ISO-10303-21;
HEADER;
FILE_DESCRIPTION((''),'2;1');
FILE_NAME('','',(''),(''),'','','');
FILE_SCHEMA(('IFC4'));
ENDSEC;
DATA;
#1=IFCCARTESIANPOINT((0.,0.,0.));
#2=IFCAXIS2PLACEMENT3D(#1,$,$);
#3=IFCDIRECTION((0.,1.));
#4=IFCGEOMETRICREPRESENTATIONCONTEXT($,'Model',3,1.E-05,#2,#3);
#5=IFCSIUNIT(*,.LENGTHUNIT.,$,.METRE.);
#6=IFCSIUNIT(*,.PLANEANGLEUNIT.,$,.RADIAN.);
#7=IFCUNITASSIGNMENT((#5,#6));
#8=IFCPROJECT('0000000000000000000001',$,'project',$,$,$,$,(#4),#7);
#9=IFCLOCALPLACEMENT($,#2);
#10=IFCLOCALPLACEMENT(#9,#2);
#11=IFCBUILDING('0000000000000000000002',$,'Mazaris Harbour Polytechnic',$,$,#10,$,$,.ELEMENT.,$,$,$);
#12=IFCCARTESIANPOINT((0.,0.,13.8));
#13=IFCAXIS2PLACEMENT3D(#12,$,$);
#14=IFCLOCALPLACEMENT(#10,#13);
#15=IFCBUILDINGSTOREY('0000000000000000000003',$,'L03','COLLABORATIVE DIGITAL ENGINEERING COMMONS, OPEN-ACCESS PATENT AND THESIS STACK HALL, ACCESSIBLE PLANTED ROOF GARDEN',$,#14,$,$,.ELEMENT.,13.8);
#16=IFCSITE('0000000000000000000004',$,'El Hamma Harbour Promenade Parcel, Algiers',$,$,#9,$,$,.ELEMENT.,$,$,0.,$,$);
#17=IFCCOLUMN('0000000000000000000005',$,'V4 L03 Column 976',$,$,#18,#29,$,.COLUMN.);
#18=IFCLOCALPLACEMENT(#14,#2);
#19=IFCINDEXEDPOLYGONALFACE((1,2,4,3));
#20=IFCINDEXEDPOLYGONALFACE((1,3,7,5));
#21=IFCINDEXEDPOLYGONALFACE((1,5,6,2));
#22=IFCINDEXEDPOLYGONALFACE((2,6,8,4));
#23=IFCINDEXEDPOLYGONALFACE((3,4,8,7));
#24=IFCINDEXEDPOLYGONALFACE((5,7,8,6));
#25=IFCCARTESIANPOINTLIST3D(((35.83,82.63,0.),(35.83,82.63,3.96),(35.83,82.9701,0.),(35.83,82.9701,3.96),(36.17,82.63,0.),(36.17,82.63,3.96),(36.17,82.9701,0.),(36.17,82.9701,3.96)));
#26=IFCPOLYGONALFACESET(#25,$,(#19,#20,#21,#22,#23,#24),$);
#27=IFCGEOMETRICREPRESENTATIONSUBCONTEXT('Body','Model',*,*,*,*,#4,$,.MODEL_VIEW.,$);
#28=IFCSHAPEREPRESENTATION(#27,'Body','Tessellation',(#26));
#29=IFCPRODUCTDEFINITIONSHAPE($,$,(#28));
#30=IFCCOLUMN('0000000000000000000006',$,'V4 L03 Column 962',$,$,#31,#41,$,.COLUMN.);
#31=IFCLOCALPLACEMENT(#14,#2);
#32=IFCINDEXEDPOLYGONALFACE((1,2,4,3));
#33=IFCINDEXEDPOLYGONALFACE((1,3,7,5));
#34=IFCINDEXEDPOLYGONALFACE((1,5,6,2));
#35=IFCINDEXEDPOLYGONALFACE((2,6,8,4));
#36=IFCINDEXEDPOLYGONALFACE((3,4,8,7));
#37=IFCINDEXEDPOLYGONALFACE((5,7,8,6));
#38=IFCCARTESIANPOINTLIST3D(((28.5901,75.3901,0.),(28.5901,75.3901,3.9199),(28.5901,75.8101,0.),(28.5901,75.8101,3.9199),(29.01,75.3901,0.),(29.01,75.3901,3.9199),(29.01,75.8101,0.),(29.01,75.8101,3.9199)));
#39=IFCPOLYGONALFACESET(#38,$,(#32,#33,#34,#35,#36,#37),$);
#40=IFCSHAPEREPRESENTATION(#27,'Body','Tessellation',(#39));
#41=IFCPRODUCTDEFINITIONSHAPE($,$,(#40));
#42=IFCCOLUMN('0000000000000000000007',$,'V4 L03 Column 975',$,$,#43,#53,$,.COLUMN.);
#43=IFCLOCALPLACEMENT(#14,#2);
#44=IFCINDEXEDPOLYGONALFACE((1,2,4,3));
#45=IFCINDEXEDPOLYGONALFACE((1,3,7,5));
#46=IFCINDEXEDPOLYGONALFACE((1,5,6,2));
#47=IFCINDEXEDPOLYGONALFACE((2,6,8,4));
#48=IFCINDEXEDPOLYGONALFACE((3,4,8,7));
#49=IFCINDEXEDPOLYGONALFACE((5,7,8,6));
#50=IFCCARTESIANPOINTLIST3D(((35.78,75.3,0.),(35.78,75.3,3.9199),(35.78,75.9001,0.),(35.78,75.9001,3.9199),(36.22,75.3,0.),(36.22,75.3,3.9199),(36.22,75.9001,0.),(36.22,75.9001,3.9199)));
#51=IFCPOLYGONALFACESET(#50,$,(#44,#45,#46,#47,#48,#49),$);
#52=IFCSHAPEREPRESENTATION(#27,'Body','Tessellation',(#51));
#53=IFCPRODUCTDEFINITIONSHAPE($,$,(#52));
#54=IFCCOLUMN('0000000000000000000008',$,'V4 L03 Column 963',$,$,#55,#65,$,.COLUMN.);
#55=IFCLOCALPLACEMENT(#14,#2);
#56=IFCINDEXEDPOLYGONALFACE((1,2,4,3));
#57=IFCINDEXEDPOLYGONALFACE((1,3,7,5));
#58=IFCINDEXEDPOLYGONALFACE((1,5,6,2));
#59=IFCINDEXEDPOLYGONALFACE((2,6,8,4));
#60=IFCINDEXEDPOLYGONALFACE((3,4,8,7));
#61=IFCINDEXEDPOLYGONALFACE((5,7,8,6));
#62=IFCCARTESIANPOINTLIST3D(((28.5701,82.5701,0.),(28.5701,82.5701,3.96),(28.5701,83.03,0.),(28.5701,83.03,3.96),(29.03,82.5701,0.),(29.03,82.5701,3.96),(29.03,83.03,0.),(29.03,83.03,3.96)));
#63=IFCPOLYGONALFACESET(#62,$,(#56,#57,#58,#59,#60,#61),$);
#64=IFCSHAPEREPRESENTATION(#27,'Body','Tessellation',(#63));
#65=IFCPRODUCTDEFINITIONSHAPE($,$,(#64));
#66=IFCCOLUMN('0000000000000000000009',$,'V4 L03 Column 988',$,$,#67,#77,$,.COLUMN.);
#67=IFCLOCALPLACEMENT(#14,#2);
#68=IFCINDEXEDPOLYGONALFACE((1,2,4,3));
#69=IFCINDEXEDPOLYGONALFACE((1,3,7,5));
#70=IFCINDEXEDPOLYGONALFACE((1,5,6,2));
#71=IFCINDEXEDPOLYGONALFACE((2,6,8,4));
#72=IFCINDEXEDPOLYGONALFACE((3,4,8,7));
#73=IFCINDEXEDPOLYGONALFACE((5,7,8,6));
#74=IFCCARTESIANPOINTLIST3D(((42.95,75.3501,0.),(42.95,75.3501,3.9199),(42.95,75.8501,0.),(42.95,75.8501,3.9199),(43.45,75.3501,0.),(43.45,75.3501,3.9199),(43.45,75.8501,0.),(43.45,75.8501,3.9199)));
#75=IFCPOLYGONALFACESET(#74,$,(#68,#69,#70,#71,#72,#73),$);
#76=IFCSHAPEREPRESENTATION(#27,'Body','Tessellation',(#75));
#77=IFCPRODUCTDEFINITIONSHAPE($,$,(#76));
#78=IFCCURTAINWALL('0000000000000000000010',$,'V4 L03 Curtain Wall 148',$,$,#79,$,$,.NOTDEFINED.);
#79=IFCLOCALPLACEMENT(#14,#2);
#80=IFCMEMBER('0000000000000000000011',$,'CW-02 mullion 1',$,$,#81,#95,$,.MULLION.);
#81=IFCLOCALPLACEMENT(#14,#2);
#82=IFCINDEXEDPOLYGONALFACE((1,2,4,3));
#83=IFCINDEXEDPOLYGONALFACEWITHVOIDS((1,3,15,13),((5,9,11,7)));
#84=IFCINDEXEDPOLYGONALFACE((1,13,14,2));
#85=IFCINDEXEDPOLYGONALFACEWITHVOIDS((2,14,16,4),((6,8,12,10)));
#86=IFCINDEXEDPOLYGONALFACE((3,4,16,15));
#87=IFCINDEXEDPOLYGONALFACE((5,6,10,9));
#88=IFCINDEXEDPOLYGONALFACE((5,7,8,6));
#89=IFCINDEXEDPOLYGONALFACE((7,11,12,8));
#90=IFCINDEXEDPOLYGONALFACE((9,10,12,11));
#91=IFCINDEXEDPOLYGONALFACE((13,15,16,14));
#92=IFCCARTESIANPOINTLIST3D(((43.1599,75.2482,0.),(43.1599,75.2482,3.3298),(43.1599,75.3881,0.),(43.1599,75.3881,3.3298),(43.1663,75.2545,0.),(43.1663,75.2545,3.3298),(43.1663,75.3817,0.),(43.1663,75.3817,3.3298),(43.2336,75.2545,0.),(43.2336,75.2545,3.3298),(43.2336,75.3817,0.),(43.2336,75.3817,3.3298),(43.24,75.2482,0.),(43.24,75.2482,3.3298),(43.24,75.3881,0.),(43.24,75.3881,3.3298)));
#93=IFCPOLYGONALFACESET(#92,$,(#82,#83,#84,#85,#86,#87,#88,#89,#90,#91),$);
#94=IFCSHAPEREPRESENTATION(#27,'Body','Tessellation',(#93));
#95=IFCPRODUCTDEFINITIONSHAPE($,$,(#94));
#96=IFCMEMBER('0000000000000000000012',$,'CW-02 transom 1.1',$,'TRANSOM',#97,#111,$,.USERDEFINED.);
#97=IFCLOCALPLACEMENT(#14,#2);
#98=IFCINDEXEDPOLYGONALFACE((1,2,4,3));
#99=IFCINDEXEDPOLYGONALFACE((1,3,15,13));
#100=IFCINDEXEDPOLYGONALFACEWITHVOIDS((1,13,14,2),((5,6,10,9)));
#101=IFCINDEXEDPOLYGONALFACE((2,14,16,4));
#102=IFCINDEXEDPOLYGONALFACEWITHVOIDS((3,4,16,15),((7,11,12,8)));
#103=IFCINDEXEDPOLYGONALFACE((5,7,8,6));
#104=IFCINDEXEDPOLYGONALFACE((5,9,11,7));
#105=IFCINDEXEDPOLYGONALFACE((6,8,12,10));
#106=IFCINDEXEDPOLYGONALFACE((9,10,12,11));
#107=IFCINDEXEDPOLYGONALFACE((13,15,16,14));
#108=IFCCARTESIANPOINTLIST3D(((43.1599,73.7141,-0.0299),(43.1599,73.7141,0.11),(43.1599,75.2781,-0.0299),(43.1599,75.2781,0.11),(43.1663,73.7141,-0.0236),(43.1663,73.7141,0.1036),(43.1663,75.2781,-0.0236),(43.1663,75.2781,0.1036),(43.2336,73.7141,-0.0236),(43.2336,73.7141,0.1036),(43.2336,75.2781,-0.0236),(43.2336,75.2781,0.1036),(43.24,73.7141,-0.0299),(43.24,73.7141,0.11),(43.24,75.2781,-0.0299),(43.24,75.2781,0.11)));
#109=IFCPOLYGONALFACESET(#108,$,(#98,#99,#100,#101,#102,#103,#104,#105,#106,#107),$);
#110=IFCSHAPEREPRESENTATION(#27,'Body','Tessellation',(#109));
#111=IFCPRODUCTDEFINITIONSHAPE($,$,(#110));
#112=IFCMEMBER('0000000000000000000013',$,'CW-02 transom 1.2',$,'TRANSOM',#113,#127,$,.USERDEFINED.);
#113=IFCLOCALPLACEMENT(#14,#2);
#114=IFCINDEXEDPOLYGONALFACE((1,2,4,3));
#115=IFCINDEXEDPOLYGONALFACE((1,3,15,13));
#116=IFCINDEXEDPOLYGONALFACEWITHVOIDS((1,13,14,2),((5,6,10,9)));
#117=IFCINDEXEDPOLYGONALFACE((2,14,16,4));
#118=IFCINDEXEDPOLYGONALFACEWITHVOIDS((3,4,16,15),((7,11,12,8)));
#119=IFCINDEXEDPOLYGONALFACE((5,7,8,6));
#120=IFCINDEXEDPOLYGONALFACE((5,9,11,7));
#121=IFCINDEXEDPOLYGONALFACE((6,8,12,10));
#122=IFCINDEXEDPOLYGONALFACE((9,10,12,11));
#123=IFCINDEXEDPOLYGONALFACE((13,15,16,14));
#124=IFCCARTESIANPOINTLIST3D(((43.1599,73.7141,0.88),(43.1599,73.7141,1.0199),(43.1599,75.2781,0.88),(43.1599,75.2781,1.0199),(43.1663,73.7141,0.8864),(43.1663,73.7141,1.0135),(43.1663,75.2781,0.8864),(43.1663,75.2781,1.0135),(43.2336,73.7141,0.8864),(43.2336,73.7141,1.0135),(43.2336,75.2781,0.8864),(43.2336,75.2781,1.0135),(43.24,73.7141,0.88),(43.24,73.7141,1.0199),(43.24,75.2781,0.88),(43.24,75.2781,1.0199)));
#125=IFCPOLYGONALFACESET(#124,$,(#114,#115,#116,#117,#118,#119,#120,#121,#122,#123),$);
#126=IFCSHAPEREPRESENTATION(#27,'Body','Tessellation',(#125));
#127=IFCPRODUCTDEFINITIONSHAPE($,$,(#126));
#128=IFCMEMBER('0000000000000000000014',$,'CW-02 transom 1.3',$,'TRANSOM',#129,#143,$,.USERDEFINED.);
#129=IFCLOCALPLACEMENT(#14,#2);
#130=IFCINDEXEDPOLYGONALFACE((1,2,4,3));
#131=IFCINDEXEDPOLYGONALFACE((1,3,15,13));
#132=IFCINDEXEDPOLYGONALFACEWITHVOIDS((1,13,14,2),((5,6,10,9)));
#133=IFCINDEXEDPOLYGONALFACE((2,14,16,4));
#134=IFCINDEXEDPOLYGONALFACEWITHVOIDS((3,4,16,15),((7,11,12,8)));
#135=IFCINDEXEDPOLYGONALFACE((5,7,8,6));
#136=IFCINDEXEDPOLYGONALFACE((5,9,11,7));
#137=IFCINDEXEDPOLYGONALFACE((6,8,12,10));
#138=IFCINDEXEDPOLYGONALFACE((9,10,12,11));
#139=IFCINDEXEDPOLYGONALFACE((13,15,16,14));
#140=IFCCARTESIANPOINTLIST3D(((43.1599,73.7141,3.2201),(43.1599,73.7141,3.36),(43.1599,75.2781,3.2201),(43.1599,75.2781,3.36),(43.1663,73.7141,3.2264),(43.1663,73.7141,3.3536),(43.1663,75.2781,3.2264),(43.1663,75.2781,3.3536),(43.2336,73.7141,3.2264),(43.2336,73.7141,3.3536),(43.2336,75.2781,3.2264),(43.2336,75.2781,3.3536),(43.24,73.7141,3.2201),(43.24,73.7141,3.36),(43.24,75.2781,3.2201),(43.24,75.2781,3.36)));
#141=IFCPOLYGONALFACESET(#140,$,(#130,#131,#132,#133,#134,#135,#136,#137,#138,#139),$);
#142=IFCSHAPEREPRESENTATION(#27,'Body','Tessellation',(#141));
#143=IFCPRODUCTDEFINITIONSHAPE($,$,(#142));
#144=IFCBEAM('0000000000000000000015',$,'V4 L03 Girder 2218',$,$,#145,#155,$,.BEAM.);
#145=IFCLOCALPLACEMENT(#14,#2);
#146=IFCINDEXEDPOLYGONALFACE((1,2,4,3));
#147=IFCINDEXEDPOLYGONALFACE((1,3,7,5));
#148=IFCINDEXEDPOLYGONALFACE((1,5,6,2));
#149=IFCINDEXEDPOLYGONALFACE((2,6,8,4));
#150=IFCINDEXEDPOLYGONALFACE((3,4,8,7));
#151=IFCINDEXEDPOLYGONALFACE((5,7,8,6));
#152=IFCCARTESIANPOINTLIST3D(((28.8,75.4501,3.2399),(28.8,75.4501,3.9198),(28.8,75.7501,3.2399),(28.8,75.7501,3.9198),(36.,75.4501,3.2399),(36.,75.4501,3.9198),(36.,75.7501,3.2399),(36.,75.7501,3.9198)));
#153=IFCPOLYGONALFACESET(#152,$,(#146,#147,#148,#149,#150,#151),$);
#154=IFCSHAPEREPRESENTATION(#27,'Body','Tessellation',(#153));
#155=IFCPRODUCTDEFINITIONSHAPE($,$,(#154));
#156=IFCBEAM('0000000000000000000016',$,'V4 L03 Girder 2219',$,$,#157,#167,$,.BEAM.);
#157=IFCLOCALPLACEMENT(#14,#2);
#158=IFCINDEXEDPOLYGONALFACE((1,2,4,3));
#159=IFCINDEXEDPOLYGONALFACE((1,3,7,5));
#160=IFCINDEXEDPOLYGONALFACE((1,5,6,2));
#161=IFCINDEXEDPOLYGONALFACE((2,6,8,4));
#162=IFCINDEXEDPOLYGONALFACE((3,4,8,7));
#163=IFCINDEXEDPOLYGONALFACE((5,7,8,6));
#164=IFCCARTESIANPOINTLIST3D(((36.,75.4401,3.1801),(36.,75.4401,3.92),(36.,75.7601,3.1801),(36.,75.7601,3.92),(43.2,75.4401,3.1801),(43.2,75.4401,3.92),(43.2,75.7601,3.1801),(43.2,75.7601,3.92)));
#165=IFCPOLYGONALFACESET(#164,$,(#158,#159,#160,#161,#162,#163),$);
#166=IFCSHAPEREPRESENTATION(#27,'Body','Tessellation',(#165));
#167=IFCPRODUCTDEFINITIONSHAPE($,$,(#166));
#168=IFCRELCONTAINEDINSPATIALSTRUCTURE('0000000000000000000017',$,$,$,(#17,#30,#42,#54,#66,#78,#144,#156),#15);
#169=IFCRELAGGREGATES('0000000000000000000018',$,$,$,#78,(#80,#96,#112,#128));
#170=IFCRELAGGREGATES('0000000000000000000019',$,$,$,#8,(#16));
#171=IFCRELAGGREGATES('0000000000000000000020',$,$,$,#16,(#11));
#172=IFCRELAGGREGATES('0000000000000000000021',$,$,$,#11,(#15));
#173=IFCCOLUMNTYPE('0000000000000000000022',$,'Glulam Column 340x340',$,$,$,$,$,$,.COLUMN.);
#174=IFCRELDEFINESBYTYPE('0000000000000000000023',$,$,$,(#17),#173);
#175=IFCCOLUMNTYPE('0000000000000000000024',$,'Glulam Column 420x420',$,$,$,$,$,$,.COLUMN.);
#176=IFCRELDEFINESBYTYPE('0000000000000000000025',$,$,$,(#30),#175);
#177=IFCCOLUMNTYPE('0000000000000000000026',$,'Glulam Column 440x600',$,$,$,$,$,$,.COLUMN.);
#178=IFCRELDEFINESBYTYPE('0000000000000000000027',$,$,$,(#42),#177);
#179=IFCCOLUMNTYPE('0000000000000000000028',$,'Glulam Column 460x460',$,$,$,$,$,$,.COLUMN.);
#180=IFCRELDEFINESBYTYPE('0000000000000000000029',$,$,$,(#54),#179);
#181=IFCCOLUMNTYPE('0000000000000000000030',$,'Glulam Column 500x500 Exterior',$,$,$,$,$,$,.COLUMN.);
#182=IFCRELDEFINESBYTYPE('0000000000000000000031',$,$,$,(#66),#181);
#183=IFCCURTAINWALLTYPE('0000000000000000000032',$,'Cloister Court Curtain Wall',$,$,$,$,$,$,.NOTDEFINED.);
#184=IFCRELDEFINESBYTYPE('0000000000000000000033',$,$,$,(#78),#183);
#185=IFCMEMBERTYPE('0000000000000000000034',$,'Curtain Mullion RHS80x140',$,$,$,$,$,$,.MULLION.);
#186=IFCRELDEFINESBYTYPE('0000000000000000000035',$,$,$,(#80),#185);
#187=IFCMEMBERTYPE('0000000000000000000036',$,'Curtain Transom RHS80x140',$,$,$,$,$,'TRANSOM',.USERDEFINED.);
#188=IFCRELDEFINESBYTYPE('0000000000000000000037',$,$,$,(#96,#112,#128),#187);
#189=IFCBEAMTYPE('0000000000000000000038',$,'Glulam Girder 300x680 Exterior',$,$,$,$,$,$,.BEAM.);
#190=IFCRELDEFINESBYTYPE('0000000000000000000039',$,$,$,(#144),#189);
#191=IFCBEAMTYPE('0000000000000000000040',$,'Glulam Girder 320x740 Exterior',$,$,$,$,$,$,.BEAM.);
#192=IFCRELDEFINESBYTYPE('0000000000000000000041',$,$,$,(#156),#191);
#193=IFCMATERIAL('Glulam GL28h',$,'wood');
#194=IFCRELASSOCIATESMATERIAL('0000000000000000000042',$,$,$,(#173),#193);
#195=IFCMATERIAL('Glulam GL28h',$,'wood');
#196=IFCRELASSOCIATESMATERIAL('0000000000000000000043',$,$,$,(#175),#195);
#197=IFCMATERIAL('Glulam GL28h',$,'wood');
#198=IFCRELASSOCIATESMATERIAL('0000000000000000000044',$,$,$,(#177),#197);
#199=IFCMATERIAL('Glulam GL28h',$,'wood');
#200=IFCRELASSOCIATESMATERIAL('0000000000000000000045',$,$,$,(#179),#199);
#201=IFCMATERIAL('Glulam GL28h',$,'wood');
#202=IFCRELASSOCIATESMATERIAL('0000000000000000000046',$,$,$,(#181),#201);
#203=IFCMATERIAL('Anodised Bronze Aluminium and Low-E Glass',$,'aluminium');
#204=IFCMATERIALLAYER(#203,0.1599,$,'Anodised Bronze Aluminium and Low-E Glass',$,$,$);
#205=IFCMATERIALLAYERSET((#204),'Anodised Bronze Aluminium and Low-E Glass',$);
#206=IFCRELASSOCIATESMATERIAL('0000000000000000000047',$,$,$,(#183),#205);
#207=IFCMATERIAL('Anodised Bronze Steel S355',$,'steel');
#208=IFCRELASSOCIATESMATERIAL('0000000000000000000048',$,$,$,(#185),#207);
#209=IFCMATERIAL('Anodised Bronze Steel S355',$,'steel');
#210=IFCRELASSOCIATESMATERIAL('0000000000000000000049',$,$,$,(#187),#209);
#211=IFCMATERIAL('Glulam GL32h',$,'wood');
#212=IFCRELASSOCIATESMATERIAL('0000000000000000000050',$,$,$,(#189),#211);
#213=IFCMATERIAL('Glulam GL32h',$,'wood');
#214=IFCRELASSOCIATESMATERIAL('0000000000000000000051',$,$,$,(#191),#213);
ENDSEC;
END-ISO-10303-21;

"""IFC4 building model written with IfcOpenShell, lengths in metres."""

from ifc_helpers import new_model, si_unit, direction, frame, origin, origin_2d, place, context, subcontext, project, spatial, rectangle, hollow_rectangle, extrude, material, layer, layer_set, material_profile, profile_set, type_object, element, aggregate, save


model = new_model("IFC4")

# Units and contexts
model_context = context("Model", 3, precision=1e-05, world=origin(), true_north=direction((0.0, 1.0)))
body_context = subcontext(model_context, "Body", "Model", "MODEL_VIEW")
ifc_project = project(units=[si_unit("LENGTHUNIT", "METRE"), si_unit("PLANEANGLEUNIT", "RADIAN")], contexts=[model_context])

# Site, building, storey
site_placement = place(None, origin())
site = spatial("IfcSite", under=ifc_project, at=site_placement, Name="El Hamma Harbour Promenade Parcel, Algiers", CompositionType="ELEMENT", RefElevation=0.0)
building_placement = place(site_placement, origin())
building = spatial("IfcBuilding", under=site, at=building_placement, Name="Mazaris Harbour Polytechnic", CompositionType="ELEMENT")
storey_placement = place(building_placement, frame((0.0, 0.0, 13.8)))
storey = spatial("IfcBuildingStorey", under=building, at=storey_placement, Name="L03", Description="COLLABORATIVE DIGITAL ENGINEERING COMMONS, OPEN-ACCESS PATENT AND THESIS STACK HALL, ACCESSIBLE PLANTED ROOF GARDEN", CompositionType="ELEMENT", Elevation=13.8)

# Columns
ifc_material_1 = material(Name="Glulam GL28h", Category="wood")
ifc_material_profile_1 = material_profile(ifc_material_1, rectangle(XDim=0.3401, YDim=0.3401, at=origin_2d()), Name="RECT340x340")
ifc_profile_set_1 = profile_set([ifc_material_profile_1], Name="Glulam GL28h")
column_type_1 = type_object("IfcColumnType", Name="Glulam Column 340x340", PredefinedType="COLUMN", material=ifc_profile_set_1)
column_1_placement = place(storey_placement, frame((36.0, 82.8, 0.0), z_axis=(0.0, 0.0, 1.0), x_axis=(1.0, 0.0, 0.0)))
element("IfcColumn", 1, at=column_1_placement, inside=storey, type_object=column_type_1, Name="V4 L03 Column 976", PredefinedType="COLUMN", context=body_context, shape_type="SweptSolid", body=[
    extrude(rectangle(XDim=0.3401, YDim=0.3401, at=origin_2d()), origin(), (0.0, 0.0, 1.0), 3.96),
])
ifc_material_2 = material(Name="Glulam GL28h", Category="wood")
ifc_material_profile_2 = material_profile(ifc_material_2, rectangle(XDim=0.4199, YDim=0.4199, at=origin_2d()), Name="RECT420x420")
ifc_profile_set_2 = profile_set([ifc_material_profile_2], Name="Glulam GL28h")
column_type_2 = type_object("IfcColumnType", Name="Glulam Column 420x420", PredefinedType="COLUMN", material=ifc_profile_set_2)
column_2_placement = place(storey_placement, frame((28.8, 75.6001, 0.0), z_axis=(0.0, 0.0, 1.0), x_axis=(1.0, 0.0, 0.0)))
element("IfcColumn", 2, at=column_2_placement, inside=storey, type_object=column_type_2, Name="V4 L03 Column 962", PredefinedType="COLUMN", context=body_context, shape_type="SweptSolid", body=[
    extrude(rectangle(XDim=0.4199, YDim=0.4199, at=origin_2d()), origin(), (0.0, 0.0, 1.0), 3.9199),
])
ifc_material_3 = material(Name="Glulam GL28h", Category="wood")
ifc_material_profile_3 = material_profile(ifc_material_3, rectangle(XDim=0.4399, YDim=0.6001, at=origin_2d()), Name="RECT440x600")
ifc_profile_set_3 = profile_set([ifc_material_profile_3], Name="Glulam GL28h")
column_type_3 = type_object("IfcColumnType", Name="Glulam Column 440x600", PredefinedType="COLUMN", material=ifc_profile_set_3)
column_3_placement = place(storey_placement, frame((36.0, 75.6001, 0.0), z_axis=(0.0, 0.0, 1.0), x_axis=(1.0, 0.0, 0.0)))
element("IfcColumn", 3, at=column_3_placement, inside=storey, type_object=column_type_3, Name="V4 L03 Column 975", PredefinedType="COLUMN", context=body_context, shape_type="SweptSolid", body=[
    extrude(rectangle(XDim=0.4399, YDim=0.6001, at=origin_2d()), origin(), (0.0, 0.0, 1.0), 3.9199),
])
ifc_material_4 = material(Name="Glulam GL28h", Category="wood")
ifc_material_profile_4 = material_profile(ifc_material_4, rectangle(XDim=0.46, YDim=0.46, at=origin_2d()), Name="RECT460x460")
ifc_profile_set_4 = profile_set([ifc_material_profile_4], Name="Glulam GL28h")
column_type_4 = type_object("IfcColumnType", Name="Glulam Column 460x460", PredefinedType="COLUMN", material=ifc_profile_set_4)
column_4_placement = place(storey_placement, frame((28.8, 82.8, 0.0), z_axis=(0.0, 0.0, 1.0), x_axis=(1.0, 0.0, 0.0)))
element("IfcColumn", 4, at=column_4_placement, inside=storey, type_object=column_type_4, Name="V4 L03 Column 963", PredefinedType="COLUMN", context=body_context, shape_type="SweptSolid", body=[
    extrude(rectangle(XDim=0.46, YDim=0.46, at=origin_2d()), origin(), (0.0, 0.0, 1.0), 3.96),
])
ifc_material_5 = material(Name="Glulam GL28h", Category="wood")
ifc_material_profile_5 = material_profile(ifc_material_5, rectangle(XDim=0.5, YDim=0.5, at=origin_2d()), Name="RECT500x500")
ifc_profile_set_5 = profile_set([ifc_material_profile_5], Name="Glulam GL28h")
column_type_5 = type_object("IfcColumnType", Name="Glulam Column 500x500 Exterior", PredefinedType="COLUMN", material=ifc_profile_set_5)
column_5_placement = place(storey_placement, frame((43.2, 75.6001, 0.0), z_axis=(0.0, 0.0, 1.0), x_axis=(1.0, 0.0, 0.0)))
element("IfcColumn", 5, at=column_5_placement, inside=storey, type_object=column_type_5, Name="V4 L03 Column 988", PredefinedType="COLUMN", context=body_context, shape_type="SweptSolid", body=[
    extrude(rectangle(XDim=0.5, YDim=0.5, at=origin_2d()), origin(), (0.0, 0.0, 1.0), 3.9199),
])

# Curtain wall, members
ifc_material_6 = material(Name="Anodised Bronze Aluminium and Low-E Glass", Category="aluminium")
ifc_layer_1 = layer(ifc_material_6, 0.1599, Name="Anodised Bronze Aluminium and Low-E Glass")
ifc_layer_set_1 = layer_set([ifc_layer_1], Name="Anodised Bronze Aluminium and Low-E Glass")
curtain_wall_type = type_object("IfcCurtainWallType", Name="Cloister Court Curtain Wall", PredefinedType="NOTDEFINED", material=ifc_layer_set_1)
curtain_wall_placement = place(storey_placement, origin())
curtain_wall = element("IfcCurtainWall", 6, at=curtain_wall_placement, inside=storey, type_object=curtain_wall_type, Name="V4 L03 Curtain Wall 148", PredefinedType="NOTDEFINED")
ifc_material_7 = material(Name="Anodised Bronze Steel S355", Category="steel")
ifc_material_profile_6 = material_profile(ifc_material_7, hollow_rectangle(XDim=0.0801, YDim=0.1399, WallThickness=0.0063, at=origin_2d()), Name="RHS 80x140x6.3")
ifc_profile_set_6 = profile_set([ifc_material_profile_6], Name="Anodised Bronze Steel S355")
member_type_1 = type_object("IfcMemberType", Name="Curtain Mullion RHS80x140", PredefinedType="MULLION", material=ifc_profile_set_6)
member_1_placement = place(storey_placement, frame((43.2, 75.3181, 0.0), z_axis=(0.0, 0.0, 1.0), x_axis=(1.0, 0.0, 0.0)))
member_1 = element("IfcMember", 7, at=member_1_placement, type_object=member_type_1, Name="CW-02 mullion 1", PredefinedType="MULLION", context=body_context, shape_type="SweptSolid", body=[
    extrude(hollow_rectangle(XDim=0.0801, YDim=0.1399, WallThickness=0.0063, at=origin_2d()), origin(), (0.0, 0.0, 1.0), 3.3298),
])
ifc_material_8 = material(Name="Anodised Bronze Steel S355", Category="steel")
ifc_material_profile_7 = material_profile(ifc_material_8, hollow_rectangle(XDim=0.0801, YDim=0.1399, WallThickness=0.0063, at=origin_2d()), Name="RHS 80x140x6.3")
ifc_profile_set_7 = profile_set([ifc_material_profile_7], Name="Anodised Bronze Steel S355")
member_type_2 = type_object("IfcMemberType", Name="Curtain Transom RHS80x140", ElementType="TRANSOM", PredefinedType="USERDEFINED", material=ifc_profile_set_7)
member_2_placement = place(storey_placement, frame((43.2, 75.2781, 0.04), z_axis=(0.0, -1.0, 0.0), x_axis=(1.0, 0.0, 0.0)))
member_2 = element("IfcMember", 8, at=member_2_placement, type_object=member_type_2, Name="CW-02 transom 1.1", ObjectType="TRANSOM", PredefinedType="USERDEFINED", context=body_context, shape_type="SweptSolid", body=[
    extrude(hollow_rectangle(XDim=0.0801, YDim=0.1399, WallThickness=0.0063, at=origin_2d()), origin(), (0.0, 0.0, 1.0), 1.564),
])
member_3_placement = place(storey_placement, frame((43.2, 75.2781, 0.95), z_axis=(0.0, -1.0, 0.0), x_axis=(1.0, 0.0, 0.0)))
member_3 = element("IfcMember", 9, at=member_3_placement, type_object=member_type_2, Name="CW-02 transom 1.2", ObjectType="TRANSOM", PredefinedType="USERDEFINED", context=body_context, shape_type="SweptSolid", body=[
    extrude(hollow_rectangle(XDim=0.0801, YDim=0.1399, WallThickness=0.0063, at=origin_2d()), origin(), (0.0, 0.0, 1.0), 1.564),
])
member_4_placement = place(storey_placement, frame((43.2, 75.2781, 3.29), z_axis=(0.0, -1.0, 0.0), x_axis=(1.0, 0.0, 0.0)))
member_4 = element("IfcMember", 10, at=member_4_placement, type_object=member_type_2, Name="CW-02 transom 1.3", ObjectType="TRANSOM", PredefinedType="USERDEFINED", context=body_context, shape_type="SweptSolid", body=[
    extrude(hollow_rectangle(XDim=0.0801, YDim=0.1399, WallThickness=0.0063, at=origin_2d()), origin(), (0.0, 0.0, 1.0), 1.564),
])

# Beams
ifc_material_9 = material(Name="Glulam GL32h", Category="wood")
ifc_material_profile_8 = material_profile(ifc_material_9, rectangle(XDim=0.3, YDim=0.6799, at=origin_2d()), Name="RECT300x680")
ifc_profile_set_8 = profile_set([ifc_material_profile_8], Name="Glulam GL32h")
beam_type_1 = type_object("IfcBeamType", Name="Glulam Girder 300x680 Exterior", PredefinedType="BEAM", material=ifc_profile_set_8)
beam_1_placement = place(storey_placement, frame((28.8, 75.6001, 3.5798), z_axis=(1.0, 0.0, 0.0), x_axis=(0.0, 1.0, 0.0)))
element("IfcBeam", 11, at=beam_1_placement, inside=storey, type_object=beam_type_1, Name="V4 L03 Girder 2218", PredefinedType="BEAM", context=body_context, shape_type="SweptSolid", body=[
    extrude(rectangle(XDim=0.3, YDim=0.6799, at=origin_2d()), origin(), (0.0, 0.0, 1.0), 7.2),
])
ifc_material_10 = material(Name="Glulam GL32h", Category="wood")
ifc_material_profile_9 = material_profile(ifc_material_10, rectangle(XDim=0.3201, YDim=0.74, at=origin_2d()), Name="RECT320x740")
ifc_profile_set_9 = profile_set([ifc_material_profile_9], Name="Glulam GL32h")
beam_type_2 = type_object("IfcBeamType", Name="Glulam Girder 320x740 Exterior", PredefinedType="BEAM", material=ifc_profile_set_9)
beam_2_placement = place(storey_placement, frame((36.0, 75.6001, 3.55), z_axis=(1.0, 0.0, 0.0), x_axis=(0.0, 1.0, 0.0)))
element("IfcBeam", 12, at=beam_2_placement, inside=storey, type_object=beam_type_2, Name="V4 L03 Girder 2219", PredefinedType="BEAM", context=body_context, shape_type="SweptSolid", body=[
    extrude(rectangle(XDim=0.3201, YDim=0.74, at=origin_2d()), origin(), (0.0, 0.0, 1.0), 7.2),
])

aggregate(curtain_wall, [member_1, member_2, member_3, member_4])

save(model, "model.ifc")
